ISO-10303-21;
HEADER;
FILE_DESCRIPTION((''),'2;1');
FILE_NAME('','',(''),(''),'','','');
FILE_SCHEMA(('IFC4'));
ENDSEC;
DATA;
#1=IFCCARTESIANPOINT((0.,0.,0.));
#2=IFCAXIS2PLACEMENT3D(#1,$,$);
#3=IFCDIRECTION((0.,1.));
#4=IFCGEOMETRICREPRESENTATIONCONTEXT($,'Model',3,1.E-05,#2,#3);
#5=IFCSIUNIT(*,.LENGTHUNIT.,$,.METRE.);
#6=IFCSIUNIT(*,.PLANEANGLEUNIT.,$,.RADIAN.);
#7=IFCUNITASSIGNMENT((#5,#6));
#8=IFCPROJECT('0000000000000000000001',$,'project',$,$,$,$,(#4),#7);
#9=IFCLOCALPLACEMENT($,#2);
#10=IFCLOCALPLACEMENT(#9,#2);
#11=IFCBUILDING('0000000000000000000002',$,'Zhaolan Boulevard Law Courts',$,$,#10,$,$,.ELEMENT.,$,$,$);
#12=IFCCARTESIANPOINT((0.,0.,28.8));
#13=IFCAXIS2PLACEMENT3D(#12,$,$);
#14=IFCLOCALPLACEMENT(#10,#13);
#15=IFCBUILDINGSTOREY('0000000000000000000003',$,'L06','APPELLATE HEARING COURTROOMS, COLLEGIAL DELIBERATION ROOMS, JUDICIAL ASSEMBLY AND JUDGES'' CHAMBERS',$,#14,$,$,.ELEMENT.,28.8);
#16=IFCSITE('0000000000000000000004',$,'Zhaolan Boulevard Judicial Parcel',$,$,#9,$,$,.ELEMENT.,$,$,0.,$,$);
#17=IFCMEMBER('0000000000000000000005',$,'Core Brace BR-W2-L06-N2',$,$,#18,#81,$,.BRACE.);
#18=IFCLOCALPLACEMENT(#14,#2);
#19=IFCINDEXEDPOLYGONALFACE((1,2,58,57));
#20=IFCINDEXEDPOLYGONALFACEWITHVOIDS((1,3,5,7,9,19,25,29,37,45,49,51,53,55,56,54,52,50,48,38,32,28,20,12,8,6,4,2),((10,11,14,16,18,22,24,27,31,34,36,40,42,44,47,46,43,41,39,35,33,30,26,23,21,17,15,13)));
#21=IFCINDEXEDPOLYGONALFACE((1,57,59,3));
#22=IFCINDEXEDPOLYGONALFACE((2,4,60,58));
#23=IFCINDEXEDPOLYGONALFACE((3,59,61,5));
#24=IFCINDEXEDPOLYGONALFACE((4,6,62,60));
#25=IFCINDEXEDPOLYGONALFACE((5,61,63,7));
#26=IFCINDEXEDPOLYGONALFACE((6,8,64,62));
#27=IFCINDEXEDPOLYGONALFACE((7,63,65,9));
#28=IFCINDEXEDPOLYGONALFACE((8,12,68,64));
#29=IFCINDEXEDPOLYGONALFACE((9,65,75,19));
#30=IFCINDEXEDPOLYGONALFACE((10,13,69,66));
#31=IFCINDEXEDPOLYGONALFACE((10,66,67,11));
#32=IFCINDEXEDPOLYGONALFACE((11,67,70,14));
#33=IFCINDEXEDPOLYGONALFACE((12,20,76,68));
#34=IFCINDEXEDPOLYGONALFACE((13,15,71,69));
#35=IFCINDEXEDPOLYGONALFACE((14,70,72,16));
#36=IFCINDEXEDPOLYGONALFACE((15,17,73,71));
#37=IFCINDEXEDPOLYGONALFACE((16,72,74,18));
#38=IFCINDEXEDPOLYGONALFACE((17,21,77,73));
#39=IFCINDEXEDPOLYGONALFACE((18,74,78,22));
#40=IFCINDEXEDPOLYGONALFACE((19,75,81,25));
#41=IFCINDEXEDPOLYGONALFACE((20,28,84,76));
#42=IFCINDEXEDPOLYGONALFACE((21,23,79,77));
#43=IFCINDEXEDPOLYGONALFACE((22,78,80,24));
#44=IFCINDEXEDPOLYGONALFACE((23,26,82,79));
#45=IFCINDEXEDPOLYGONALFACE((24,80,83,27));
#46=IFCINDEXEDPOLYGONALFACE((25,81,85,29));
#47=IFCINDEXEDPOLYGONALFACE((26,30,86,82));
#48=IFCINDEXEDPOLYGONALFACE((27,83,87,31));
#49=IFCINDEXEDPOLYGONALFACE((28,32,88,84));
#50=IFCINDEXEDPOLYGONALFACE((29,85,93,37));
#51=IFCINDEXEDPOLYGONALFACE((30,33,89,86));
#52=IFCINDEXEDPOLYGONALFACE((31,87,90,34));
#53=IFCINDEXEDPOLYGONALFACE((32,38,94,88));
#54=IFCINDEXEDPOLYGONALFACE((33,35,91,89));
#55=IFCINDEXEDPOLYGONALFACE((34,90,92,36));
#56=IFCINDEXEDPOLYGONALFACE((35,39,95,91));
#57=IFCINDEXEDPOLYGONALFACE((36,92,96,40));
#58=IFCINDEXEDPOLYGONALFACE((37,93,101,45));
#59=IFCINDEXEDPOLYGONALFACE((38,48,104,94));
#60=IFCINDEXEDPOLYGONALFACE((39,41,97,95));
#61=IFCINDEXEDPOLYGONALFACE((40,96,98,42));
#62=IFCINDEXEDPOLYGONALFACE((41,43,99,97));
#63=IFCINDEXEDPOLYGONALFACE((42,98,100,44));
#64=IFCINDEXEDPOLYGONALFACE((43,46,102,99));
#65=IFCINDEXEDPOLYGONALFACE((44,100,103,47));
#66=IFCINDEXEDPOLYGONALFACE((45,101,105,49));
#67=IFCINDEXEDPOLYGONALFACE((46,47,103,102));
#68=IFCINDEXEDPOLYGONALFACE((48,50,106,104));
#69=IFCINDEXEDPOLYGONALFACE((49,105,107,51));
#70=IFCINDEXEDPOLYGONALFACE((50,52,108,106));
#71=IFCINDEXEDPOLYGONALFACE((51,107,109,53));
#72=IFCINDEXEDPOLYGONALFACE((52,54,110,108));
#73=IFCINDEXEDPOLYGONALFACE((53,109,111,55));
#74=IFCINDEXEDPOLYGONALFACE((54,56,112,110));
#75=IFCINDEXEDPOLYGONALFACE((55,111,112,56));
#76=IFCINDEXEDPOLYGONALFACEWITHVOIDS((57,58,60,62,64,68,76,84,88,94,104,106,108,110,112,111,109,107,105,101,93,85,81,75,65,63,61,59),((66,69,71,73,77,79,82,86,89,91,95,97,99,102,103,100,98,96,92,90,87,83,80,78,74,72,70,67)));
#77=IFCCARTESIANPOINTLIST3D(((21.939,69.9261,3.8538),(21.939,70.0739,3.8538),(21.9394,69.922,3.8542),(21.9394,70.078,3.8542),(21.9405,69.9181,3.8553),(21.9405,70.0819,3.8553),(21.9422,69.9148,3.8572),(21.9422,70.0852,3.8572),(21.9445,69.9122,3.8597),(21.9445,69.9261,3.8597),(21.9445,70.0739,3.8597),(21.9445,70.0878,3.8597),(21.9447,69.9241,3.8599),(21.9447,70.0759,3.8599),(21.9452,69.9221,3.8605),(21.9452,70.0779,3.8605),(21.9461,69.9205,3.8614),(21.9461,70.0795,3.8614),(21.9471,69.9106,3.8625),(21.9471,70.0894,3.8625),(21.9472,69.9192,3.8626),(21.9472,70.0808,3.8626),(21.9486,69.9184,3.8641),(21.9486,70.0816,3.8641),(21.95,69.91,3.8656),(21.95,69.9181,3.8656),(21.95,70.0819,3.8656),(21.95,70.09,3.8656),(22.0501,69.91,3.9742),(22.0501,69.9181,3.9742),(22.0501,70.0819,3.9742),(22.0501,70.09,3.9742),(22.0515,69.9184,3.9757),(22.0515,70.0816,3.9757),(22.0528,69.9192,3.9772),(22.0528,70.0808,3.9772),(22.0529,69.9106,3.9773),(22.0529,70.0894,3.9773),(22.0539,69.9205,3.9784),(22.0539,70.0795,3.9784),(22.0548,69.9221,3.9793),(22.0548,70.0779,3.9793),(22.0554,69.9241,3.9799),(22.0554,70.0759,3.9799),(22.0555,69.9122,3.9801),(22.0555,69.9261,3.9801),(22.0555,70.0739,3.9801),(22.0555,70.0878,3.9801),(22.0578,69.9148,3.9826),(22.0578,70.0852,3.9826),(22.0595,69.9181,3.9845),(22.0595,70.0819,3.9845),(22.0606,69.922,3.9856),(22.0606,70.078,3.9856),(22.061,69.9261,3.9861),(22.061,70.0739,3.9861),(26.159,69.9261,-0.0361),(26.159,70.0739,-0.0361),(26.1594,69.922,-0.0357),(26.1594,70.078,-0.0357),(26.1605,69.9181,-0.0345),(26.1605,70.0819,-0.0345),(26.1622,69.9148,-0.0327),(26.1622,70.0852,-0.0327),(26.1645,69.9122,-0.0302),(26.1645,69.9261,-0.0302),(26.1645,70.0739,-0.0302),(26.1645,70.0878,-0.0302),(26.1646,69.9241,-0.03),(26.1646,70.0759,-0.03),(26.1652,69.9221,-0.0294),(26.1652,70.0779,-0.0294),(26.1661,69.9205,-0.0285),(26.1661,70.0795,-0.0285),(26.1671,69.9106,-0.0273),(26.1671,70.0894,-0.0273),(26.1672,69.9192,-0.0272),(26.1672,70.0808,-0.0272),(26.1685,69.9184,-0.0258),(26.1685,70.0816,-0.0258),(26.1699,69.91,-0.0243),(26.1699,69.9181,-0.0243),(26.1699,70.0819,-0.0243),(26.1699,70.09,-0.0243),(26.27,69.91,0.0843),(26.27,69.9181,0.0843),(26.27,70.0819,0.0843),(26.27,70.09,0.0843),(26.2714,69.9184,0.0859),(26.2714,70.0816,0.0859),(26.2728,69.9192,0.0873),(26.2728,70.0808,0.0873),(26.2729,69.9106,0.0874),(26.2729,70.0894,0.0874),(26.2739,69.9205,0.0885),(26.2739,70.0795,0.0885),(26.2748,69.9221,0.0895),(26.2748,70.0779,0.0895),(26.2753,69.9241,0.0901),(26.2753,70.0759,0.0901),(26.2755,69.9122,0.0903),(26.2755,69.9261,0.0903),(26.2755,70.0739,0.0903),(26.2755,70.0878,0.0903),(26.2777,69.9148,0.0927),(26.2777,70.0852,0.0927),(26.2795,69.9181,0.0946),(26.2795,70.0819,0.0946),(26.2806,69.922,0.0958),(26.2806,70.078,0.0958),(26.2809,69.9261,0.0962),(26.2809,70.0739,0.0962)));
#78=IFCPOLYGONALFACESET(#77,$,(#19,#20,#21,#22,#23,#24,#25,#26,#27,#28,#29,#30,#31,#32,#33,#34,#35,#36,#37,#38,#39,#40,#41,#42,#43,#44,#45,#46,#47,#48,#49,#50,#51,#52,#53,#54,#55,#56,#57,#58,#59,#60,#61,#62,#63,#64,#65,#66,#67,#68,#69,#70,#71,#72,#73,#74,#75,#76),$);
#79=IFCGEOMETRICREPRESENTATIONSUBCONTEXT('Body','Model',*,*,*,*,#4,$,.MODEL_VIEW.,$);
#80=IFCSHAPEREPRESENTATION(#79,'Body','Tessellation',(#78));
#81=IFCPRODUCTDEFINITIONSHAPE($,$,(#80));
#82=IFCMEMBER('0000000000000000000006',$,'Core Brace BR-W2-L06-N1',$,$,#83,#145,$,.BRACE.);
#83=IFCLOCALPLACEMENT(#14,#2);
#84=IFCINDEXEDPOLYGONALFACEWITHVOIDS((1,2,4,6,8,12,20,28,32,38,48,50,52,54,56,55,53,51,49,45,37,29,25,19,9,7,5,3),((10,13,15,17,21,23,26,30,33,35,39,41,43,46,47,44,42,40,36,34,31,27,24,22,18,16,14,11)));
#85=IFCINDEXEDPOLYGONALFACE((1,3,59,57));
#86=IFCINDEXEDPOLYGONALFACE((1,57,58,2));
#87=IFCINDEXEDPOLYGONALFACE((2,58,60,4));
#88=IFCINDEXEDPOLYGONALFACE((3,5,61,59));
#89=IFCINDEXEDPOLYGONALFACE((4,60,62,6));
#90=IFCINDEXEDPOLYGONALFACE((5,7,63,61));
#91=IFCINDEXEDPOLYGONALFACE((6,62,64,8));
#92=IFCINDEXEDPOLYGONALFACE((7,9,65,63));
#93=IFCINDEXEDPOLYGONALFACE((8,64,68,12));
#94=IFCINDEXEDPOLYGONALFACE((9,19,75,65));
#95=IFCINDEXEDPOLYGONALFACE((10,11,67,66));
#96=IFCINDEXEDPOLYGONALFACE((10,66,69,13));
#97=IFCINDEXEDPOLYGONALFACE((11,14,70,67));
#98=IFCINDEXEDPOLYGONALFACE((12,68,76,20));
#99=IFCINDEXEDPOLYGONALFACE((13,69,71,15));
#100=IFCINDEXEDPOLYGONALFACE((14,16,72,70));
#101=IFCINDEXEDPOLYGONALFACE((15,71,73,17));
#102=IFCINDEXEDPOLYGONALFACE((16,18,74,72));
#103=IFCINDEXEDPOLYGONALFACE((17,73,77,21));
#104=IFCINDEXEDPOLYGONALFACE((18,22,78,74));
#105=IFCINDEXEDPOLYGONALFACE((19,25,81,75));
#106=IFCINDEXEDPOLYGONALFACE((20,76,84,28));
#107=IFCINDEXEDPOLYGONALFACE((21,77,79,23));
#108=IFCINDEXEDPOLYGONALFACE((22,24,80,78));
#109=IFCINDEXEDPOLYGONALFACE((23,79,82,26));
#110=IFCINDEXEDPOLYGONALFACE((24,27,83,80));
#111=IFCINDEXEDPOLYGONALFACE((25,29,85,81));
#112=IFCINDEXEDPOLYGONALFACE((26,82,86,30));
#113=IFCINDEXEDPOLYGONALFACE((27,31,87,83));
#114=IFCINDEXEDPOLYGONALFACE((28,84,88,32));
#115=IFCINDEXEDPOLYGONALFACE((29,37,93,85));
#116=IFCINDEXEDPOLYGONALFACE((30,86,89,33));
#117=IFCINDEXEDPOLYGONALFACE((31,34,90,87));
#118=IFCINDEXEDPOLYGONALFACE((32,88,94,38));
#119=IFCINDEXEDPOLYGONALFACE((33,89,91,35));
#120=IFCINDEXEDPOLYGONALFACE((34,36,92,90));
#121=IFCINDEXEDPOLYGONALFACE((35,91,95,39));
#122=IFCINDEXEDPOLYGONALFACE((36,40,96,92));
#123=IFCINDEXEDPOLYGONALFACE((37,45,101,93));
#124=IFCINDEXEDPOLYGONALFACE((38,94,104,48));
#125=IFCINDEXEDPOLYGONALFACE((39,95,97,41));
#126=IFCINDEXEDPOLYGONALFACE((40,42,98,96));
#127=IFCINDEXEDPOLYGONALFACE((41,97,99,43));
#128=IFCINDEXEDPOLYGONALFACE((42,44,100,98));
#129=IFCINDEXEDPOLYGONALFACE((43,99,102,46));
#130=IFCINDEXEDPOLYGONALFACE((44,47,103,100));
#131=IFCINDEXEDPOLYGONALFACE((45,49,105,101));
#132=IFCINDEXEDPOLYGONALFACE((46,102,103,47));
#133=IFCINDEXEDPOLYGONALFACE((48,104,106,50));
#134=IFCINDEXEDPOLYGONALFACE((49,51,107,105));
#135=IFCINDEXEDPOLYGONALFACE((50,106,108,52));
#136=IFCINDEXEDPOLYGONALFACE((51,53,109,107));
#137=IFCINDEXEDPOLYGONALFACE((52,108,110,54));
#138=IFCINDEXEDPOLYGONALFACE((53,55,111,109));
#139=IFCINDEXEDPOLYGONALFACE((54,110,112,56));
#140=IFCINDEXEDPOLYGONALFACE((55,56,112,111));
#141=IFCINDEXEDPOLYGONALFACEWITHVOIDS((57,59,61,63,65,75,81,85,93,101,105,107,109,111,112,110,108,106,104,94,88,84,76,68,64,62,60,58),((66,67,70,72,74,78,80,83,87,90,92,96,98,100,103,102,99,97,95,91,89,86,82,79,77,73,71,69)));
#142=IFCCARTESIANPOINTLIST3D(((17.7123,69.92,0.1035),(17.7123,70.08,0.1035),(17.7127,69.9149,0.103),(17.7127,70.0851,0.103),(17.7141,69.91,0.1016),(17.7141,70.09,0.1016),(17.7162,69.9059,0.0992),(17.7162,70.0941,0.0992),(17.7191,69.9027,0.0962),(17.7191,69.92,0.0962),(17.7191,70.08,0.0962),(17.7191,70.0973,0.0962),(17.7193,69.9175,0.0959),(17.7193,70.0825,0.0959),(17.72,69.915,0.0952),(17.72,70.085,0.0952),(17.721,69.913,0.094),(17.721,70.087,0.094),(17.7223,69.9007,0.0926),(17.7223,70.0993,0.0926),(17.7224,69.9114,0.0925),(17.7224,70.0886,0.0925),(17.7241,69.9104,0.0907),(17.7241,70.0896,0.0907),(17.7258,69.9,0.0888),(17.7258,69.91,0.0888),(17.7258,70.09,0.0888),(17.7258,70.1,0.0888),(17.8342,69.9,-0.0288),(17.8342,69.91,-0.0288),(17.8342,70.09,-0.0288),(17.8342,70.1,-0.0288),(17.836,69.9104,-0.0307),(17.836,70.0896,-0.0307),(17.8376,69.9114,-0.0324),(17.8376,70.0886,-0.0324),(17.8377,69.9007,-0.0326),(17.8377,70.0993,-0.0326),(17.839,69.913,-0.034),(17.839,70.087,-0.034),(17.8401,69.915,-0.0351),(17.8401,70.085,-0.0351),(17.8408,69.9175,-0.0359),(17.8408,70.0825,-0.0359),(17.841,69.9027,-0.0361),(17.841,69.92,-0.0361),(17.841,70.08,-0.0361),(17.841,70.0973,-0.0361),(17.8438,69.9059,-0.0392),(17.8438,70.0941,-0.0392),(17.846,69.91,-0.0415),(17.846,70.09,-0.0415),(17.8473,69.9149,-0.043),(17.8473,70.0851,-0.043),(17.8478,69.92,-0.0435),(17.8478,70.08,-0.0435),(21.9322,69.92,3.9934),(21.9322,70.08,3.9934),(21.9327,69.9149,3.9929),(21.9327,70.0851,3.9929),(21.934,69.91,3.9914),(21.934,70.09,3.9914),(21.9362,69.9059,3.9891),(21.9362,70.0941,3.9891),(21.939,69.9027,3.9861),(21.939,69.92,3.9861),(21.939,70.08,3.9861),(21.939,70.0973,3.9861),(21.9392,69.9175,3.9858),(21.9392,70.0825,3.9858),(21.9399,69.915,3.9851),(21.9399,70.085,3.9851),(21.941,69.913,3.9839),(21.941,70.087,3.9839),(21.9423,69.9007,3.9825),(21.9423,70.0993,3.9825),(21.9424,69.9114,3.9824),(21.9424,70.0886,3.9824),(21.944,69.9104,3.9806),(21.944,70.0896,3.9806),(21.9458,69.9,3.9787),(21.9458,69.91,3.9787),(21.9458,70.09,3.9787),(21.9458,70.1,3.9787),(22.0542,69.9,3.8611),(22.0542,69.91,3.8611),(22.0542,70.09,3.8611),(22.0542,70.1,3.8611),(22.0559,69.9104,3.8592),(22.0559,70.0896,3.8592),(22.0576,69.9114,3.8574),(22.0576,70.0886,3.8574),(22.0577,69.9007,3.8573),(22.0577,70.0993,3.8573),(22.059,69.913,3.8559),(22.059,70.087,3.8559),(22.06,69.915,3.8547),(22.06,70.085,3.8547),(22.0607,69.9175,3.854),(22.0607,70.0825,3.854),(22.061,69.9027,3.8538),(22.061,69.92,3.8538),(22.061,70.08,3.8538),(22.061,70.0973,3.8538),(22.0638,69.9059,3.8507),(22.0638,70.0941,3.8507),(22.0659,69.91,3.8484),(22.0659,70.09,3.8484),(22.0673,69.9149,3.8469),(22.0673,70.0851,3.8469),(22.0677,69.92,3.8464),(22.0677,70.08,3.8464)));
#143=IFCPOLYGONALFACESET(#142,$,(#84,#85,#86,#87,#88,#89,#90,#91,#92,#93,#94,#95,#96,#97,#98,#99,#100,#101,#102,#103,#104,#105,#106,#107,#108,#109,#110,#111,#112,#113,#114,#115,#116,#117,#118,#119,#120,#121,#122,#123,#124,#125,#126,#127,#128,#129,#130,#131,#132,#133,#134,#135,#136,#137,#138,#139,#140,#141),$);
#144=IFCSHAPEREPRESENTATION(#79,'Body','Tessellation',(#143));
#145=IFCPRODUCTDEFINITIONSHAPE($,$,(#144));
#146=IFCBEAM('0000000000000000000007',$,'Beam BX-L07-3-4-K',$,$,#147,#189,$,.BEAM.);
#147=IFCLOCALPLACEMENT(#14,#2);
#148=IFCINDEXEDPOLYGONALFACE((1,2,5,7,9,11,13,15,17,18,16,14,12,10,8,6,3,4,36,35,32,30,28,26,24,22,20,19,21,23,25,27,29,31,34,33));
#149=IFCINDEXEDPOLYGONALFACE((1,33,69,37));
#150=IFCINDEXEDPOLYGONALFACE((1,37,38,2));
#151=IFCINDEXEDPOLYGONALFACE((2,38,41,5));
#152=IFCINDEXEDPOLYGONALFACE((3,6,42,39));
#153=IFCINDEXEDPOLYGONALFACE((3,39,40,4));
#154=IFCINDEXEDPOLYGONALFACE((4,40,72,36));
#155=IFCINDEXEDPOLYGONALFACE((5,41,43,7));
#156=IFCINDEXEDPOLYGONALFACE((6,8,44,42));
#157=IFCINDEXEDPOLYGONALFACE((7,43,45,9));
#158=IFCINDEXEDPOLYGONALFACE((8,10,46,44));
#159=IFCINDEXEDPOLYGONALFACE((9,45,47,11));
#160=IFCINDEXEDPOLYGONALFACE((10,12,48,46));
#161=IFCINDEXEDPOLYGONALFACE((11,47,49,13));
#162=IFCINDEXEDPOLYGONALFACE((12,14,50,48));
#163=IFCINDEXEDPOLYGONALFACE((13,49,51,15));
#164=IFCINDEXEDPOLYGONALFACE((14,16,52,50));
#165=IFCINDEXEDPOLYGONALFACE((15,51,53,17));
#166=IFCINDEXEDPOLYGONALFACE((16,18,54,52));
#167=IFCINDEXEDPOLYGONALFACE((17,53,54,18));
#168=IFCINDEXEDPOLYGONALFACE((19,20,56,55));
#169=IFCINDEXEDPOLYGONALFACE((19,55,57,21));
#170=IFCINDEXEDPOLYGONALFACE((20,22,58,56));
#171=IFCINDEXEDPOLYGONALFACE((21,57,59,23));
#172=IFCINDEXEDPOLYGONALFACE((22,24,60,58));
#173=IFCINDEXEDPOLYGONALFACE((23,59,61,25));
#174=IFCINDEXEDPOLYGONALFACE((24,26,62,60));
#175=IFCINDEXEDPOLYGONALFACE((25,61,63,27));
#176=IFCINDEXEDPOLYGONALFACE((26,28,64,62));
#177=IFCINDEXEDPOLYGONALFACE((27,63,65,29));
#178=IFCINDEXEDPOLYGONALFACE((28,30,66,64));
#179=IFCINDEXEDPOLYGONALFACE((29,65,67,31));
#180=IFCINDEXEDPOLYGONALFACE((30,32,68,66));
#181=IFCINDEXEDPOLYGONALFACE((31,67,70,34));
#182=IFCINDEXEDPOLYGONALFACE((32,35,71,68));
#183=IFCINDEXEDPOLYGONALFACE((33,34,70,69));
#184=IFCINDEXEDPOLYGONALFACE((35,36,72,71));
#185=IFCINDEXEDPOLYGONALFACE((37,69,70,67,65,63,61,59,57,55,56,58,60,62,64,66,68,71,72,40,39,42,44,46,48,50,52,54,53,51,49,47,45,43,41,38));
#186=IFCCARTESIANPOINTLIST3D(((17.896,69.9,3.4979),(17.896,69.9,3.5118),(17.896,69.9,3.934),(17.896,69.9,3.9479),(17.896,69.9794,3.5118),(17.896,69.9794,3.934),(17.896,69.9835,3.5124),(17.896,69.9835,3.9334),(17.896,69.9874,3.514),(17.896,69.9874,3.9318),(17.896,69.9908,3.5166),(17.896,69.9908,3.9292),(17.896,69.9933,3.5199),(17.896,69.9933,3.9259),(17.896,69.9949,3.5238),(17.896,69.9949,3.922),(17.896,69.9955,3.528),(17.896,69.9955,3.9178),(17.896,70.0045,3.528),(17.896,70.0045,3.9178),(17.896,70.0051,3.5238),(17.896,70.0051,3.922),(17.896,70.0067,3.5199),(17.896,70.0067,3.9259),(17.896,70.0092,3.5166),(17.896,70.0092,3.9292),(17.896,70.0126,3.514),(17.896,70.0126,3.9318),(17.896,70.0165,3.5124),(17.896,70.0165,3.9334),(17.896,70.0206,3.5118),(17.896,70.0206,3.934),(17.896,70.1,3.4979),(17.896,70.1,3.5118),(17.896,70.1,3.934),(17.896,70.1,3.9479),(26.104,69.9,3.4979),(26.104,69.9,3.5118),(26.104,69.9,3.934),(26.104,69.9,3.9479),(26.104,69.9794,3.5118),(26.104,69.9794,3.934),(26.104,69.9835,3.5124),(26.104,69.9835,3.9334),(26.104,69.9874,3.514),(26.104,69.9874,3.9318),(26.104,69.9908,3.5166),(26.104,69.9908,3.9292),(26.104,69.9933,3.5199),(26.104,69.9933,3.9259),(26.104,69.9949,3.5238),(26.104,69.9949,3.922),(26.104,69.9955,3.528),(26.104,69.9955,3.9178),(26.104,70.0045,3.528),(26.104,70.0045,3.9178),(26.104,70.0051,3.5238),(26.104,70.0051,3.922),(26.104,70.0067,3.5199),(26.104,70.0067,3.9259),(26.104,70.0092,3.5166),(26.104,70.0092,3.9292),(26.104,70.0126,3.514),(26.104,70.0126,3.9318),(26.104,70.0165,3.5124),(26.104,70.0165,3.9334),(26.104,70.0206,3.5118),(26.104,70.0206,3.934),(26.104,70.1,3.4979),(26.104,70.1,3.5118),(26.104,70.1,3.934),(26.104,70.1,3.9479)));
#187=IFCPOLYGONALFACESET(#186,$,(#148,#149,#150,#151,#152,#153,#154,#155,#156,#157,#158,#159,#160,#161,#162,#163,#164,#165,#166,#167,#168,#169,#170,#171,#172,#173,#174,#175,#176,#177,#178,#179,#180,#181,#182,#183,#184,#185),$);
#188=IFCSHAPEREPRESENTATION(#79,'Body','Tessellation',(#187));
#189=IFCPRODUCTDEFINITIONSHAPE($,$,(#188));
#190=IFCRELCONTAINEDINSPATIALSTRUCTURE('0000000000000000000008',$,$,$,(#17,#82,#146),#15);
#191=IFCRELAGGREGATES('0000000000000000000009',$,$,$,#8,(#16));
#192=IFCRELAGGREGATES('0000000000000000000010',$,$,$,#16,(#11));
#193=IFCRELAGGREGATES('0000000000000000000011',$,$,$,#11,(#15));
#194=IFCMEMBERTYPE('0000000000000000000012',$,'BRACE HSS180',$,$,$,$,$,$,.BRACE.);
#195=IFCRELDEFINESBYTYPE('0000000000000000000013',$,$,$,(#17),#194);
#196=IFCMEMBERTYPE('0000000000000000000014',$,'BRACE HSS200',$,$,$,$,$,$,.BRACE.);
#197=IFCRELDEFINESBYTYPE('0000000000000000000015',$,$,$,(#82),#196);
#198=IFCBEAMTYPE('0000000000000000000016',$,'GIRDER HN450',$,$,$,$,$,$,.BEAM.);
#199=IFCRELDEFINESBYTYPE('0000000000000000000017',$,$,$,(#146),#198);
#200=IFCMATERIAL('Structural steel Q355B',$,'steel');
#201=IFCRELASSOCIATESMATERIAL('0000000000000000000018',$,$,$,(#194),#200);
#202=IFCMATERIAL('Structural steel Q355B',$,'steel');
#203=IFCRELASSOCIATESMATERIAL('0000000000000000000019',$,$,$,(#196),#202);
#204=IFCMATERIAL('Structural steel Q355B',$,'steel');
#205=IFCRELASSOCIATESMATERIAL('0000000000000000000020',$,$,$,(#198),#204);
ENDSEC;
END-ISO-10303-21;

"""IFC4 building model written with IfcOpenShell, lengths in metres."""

from ifc_helpers import new_model, si_unit, direction, frame, origin, origin_2d, place, context, subcontext, project, spatial, hollow_rectangle, i_section, extrude, material, material_profile, profile_set, type_object, element, save


model = new_model("IFC4")

# Units and contexts
model_context = context("Model", 3, precision=1e-05, world=origin(), true_north=direction((0.0, 1.0)))
body_context = subcontext(model_context, "Body", "Model", "MODEL_VIEW")
ifc_project = project(units=[si_unit("LENGTHUNIT", "METRE"), si_unit("PLANEANGLEUNIT", "RADIAN")], contexts=[model_context])

# Site, building, storey
site_placement = place(None, origin())
site = spatial("IfcSite", under=ifc_project, at=site_placement, Name="Zhaolan Boulevard Judicial Parcel", CompositionType="ELEMENT", RefElevation=0.0)
building_placement = place(site_placement, origin())
building = spatial("IfcBuilding", under=site, at=building_placement, Name="Zhaolan Boulevard Law Courts", CompositionType="ELEMENT")
storey_placement = place(building_placement, frame((0.0, 0.0, 28.8)))
storey = spatial("IfcBuildingStorey", under=building, at=storey_placement, Name="L06", Description="APPELLATE HEARING COURTROOMS, COLLEGIAL DELIBERATION ROOMS, JUDICIAL ASSEMBLY AND JUDGES' CHAMBERS", CompositionType="ELEMENT", Elevation=28.8)

# Members
ifc_material_1 = material(Name="Structural steel Q355B", Category="steel")
ifc_material_profile_1 = material_profile(ifc_material_1, hollow_rectangle(XDim=0.1799, YDim=0.1799, WallThickness=0.0081, InnerFilletRadius=0.0081, OuterFilletRadius=0.0161, at=origin_2d()), Name="HSS180x180x8")
ifc_profile_set_1 = profile_set([ifc_material_profile_1], Name="Structural steel Q355B")
member_type_1 = type_object("IfcMemberType", Name="BRACE HSS180", PredefinedType="BRACE", material=ifc_profile_set_1)
member_1_placement = place(storey_placement, frame((26.22, 70.0, 0.03), z_axis=(-0.735278, 0.0, 0.677766), x_axis=(0.0, -1.0, 0.0)))
element("IfcMember", 1, at=member_1_placement, inside=storey, type_object=member_type_1, Name="Core Brace BR-W2-L06-N2", PredefinedType="BRACE", context=body_context, shape_type="SweptSolid", body=[
    extrude(hollow_rectangle(XDim=0.1799, YDim=0.1799, WallThickness=0.0081, InnerFilletRadius=0.0081, OuterFilletRadius=0.0161, at=origin_2d()), origin(), (0.0, 0.0, 1.0), 5.7393),
])
ifc_material_2 = material(Name="Structural steel Q355B", Category="steel")
ifc_material_profile_2 = material_profile(ifc_material_2, hollow_rectangle(XDim=0.2, YDim=0.2, WallThickness=0.01, InnerFilletRadius=0.01, OuterFilletRadius=0.02, at=origin_2d()), Name="HSS200x200x10")
ifc_profile_set_2 = profile_set([ifc_material_profile_2], Name="Structural steel Q355B")
member_type_2 = type_object("IfcMemberType", Name="BRACE HSS200", PredefinedType="BRACE", material=ifc_profile_set_2)
member_2_placement = place(storey_placement, frame((17.78, 70.0, 0.03), z_axis=(0.735278, 0.0, 0.677766), x_axis=(0.0, 1.0, 0.0)))
element("IfcMember", 2, at=member_2_placement, inside=storey, type_object=member_type_2, Name="Core Brace BR-W2-L06-N1", PredefinedType="BRACE", context=body_context, shape_type="SweptSolid", body=[
    extrude(hollow_rectangle(XDim=0.2, YDim=0.2, WallThickness=0.01, InnerFilletRadius=0.01, OuterFilletRadius=0.02, at=origin_2d()), origin(), (0.0, 0.0, 1.0), 5.7393),
])

# Beam
ifc_material_3 = material(Name="Structural steel Q355B", Category="steel")
ifc_material_profile_3 = material_profile(ifc_material_3, i_section(OverallWidth=0.2, OverallDepth=0.45, WebThickness=0.009, FlangeThickness=0.0139, FilletRadius=0.0161, at=origin_2d()), Name="HN450x200")
ifc_profile_set_3 = profile_set([ifc_material_profile_3], Name="Structural steel Q355B")
beam_type = type_object("IfcBeamType", Name="GIRDER HN450", PredefinedType="BEAM", material=ifc_profile_set_3)
beam_placement = place(storey_placement, frame((17.896, 70.0, 3.7229), z_axis=(1.0, 0.0, 0.0), x_axis=(0.0, 1.0, 0.0)))
element("IfcBeam", 3, at=beam_placement, inside=storey, type_object=beam_type, Name="Beam BX-L07-3-4-K", PredefinedType="BEAM", context=body_context, shape_type="SweptSolid", body=[
    extrude(i_section(OverallWidth=0.2, OverallDepth=0.45, WebThickness=0.009, FlangeThickness=0.0139, FilletRadius=0.0161, at=origin_2d()), origin(), (0.0, 0.0, 1.0), 8.208),
])

save(model, "model.ifc")
